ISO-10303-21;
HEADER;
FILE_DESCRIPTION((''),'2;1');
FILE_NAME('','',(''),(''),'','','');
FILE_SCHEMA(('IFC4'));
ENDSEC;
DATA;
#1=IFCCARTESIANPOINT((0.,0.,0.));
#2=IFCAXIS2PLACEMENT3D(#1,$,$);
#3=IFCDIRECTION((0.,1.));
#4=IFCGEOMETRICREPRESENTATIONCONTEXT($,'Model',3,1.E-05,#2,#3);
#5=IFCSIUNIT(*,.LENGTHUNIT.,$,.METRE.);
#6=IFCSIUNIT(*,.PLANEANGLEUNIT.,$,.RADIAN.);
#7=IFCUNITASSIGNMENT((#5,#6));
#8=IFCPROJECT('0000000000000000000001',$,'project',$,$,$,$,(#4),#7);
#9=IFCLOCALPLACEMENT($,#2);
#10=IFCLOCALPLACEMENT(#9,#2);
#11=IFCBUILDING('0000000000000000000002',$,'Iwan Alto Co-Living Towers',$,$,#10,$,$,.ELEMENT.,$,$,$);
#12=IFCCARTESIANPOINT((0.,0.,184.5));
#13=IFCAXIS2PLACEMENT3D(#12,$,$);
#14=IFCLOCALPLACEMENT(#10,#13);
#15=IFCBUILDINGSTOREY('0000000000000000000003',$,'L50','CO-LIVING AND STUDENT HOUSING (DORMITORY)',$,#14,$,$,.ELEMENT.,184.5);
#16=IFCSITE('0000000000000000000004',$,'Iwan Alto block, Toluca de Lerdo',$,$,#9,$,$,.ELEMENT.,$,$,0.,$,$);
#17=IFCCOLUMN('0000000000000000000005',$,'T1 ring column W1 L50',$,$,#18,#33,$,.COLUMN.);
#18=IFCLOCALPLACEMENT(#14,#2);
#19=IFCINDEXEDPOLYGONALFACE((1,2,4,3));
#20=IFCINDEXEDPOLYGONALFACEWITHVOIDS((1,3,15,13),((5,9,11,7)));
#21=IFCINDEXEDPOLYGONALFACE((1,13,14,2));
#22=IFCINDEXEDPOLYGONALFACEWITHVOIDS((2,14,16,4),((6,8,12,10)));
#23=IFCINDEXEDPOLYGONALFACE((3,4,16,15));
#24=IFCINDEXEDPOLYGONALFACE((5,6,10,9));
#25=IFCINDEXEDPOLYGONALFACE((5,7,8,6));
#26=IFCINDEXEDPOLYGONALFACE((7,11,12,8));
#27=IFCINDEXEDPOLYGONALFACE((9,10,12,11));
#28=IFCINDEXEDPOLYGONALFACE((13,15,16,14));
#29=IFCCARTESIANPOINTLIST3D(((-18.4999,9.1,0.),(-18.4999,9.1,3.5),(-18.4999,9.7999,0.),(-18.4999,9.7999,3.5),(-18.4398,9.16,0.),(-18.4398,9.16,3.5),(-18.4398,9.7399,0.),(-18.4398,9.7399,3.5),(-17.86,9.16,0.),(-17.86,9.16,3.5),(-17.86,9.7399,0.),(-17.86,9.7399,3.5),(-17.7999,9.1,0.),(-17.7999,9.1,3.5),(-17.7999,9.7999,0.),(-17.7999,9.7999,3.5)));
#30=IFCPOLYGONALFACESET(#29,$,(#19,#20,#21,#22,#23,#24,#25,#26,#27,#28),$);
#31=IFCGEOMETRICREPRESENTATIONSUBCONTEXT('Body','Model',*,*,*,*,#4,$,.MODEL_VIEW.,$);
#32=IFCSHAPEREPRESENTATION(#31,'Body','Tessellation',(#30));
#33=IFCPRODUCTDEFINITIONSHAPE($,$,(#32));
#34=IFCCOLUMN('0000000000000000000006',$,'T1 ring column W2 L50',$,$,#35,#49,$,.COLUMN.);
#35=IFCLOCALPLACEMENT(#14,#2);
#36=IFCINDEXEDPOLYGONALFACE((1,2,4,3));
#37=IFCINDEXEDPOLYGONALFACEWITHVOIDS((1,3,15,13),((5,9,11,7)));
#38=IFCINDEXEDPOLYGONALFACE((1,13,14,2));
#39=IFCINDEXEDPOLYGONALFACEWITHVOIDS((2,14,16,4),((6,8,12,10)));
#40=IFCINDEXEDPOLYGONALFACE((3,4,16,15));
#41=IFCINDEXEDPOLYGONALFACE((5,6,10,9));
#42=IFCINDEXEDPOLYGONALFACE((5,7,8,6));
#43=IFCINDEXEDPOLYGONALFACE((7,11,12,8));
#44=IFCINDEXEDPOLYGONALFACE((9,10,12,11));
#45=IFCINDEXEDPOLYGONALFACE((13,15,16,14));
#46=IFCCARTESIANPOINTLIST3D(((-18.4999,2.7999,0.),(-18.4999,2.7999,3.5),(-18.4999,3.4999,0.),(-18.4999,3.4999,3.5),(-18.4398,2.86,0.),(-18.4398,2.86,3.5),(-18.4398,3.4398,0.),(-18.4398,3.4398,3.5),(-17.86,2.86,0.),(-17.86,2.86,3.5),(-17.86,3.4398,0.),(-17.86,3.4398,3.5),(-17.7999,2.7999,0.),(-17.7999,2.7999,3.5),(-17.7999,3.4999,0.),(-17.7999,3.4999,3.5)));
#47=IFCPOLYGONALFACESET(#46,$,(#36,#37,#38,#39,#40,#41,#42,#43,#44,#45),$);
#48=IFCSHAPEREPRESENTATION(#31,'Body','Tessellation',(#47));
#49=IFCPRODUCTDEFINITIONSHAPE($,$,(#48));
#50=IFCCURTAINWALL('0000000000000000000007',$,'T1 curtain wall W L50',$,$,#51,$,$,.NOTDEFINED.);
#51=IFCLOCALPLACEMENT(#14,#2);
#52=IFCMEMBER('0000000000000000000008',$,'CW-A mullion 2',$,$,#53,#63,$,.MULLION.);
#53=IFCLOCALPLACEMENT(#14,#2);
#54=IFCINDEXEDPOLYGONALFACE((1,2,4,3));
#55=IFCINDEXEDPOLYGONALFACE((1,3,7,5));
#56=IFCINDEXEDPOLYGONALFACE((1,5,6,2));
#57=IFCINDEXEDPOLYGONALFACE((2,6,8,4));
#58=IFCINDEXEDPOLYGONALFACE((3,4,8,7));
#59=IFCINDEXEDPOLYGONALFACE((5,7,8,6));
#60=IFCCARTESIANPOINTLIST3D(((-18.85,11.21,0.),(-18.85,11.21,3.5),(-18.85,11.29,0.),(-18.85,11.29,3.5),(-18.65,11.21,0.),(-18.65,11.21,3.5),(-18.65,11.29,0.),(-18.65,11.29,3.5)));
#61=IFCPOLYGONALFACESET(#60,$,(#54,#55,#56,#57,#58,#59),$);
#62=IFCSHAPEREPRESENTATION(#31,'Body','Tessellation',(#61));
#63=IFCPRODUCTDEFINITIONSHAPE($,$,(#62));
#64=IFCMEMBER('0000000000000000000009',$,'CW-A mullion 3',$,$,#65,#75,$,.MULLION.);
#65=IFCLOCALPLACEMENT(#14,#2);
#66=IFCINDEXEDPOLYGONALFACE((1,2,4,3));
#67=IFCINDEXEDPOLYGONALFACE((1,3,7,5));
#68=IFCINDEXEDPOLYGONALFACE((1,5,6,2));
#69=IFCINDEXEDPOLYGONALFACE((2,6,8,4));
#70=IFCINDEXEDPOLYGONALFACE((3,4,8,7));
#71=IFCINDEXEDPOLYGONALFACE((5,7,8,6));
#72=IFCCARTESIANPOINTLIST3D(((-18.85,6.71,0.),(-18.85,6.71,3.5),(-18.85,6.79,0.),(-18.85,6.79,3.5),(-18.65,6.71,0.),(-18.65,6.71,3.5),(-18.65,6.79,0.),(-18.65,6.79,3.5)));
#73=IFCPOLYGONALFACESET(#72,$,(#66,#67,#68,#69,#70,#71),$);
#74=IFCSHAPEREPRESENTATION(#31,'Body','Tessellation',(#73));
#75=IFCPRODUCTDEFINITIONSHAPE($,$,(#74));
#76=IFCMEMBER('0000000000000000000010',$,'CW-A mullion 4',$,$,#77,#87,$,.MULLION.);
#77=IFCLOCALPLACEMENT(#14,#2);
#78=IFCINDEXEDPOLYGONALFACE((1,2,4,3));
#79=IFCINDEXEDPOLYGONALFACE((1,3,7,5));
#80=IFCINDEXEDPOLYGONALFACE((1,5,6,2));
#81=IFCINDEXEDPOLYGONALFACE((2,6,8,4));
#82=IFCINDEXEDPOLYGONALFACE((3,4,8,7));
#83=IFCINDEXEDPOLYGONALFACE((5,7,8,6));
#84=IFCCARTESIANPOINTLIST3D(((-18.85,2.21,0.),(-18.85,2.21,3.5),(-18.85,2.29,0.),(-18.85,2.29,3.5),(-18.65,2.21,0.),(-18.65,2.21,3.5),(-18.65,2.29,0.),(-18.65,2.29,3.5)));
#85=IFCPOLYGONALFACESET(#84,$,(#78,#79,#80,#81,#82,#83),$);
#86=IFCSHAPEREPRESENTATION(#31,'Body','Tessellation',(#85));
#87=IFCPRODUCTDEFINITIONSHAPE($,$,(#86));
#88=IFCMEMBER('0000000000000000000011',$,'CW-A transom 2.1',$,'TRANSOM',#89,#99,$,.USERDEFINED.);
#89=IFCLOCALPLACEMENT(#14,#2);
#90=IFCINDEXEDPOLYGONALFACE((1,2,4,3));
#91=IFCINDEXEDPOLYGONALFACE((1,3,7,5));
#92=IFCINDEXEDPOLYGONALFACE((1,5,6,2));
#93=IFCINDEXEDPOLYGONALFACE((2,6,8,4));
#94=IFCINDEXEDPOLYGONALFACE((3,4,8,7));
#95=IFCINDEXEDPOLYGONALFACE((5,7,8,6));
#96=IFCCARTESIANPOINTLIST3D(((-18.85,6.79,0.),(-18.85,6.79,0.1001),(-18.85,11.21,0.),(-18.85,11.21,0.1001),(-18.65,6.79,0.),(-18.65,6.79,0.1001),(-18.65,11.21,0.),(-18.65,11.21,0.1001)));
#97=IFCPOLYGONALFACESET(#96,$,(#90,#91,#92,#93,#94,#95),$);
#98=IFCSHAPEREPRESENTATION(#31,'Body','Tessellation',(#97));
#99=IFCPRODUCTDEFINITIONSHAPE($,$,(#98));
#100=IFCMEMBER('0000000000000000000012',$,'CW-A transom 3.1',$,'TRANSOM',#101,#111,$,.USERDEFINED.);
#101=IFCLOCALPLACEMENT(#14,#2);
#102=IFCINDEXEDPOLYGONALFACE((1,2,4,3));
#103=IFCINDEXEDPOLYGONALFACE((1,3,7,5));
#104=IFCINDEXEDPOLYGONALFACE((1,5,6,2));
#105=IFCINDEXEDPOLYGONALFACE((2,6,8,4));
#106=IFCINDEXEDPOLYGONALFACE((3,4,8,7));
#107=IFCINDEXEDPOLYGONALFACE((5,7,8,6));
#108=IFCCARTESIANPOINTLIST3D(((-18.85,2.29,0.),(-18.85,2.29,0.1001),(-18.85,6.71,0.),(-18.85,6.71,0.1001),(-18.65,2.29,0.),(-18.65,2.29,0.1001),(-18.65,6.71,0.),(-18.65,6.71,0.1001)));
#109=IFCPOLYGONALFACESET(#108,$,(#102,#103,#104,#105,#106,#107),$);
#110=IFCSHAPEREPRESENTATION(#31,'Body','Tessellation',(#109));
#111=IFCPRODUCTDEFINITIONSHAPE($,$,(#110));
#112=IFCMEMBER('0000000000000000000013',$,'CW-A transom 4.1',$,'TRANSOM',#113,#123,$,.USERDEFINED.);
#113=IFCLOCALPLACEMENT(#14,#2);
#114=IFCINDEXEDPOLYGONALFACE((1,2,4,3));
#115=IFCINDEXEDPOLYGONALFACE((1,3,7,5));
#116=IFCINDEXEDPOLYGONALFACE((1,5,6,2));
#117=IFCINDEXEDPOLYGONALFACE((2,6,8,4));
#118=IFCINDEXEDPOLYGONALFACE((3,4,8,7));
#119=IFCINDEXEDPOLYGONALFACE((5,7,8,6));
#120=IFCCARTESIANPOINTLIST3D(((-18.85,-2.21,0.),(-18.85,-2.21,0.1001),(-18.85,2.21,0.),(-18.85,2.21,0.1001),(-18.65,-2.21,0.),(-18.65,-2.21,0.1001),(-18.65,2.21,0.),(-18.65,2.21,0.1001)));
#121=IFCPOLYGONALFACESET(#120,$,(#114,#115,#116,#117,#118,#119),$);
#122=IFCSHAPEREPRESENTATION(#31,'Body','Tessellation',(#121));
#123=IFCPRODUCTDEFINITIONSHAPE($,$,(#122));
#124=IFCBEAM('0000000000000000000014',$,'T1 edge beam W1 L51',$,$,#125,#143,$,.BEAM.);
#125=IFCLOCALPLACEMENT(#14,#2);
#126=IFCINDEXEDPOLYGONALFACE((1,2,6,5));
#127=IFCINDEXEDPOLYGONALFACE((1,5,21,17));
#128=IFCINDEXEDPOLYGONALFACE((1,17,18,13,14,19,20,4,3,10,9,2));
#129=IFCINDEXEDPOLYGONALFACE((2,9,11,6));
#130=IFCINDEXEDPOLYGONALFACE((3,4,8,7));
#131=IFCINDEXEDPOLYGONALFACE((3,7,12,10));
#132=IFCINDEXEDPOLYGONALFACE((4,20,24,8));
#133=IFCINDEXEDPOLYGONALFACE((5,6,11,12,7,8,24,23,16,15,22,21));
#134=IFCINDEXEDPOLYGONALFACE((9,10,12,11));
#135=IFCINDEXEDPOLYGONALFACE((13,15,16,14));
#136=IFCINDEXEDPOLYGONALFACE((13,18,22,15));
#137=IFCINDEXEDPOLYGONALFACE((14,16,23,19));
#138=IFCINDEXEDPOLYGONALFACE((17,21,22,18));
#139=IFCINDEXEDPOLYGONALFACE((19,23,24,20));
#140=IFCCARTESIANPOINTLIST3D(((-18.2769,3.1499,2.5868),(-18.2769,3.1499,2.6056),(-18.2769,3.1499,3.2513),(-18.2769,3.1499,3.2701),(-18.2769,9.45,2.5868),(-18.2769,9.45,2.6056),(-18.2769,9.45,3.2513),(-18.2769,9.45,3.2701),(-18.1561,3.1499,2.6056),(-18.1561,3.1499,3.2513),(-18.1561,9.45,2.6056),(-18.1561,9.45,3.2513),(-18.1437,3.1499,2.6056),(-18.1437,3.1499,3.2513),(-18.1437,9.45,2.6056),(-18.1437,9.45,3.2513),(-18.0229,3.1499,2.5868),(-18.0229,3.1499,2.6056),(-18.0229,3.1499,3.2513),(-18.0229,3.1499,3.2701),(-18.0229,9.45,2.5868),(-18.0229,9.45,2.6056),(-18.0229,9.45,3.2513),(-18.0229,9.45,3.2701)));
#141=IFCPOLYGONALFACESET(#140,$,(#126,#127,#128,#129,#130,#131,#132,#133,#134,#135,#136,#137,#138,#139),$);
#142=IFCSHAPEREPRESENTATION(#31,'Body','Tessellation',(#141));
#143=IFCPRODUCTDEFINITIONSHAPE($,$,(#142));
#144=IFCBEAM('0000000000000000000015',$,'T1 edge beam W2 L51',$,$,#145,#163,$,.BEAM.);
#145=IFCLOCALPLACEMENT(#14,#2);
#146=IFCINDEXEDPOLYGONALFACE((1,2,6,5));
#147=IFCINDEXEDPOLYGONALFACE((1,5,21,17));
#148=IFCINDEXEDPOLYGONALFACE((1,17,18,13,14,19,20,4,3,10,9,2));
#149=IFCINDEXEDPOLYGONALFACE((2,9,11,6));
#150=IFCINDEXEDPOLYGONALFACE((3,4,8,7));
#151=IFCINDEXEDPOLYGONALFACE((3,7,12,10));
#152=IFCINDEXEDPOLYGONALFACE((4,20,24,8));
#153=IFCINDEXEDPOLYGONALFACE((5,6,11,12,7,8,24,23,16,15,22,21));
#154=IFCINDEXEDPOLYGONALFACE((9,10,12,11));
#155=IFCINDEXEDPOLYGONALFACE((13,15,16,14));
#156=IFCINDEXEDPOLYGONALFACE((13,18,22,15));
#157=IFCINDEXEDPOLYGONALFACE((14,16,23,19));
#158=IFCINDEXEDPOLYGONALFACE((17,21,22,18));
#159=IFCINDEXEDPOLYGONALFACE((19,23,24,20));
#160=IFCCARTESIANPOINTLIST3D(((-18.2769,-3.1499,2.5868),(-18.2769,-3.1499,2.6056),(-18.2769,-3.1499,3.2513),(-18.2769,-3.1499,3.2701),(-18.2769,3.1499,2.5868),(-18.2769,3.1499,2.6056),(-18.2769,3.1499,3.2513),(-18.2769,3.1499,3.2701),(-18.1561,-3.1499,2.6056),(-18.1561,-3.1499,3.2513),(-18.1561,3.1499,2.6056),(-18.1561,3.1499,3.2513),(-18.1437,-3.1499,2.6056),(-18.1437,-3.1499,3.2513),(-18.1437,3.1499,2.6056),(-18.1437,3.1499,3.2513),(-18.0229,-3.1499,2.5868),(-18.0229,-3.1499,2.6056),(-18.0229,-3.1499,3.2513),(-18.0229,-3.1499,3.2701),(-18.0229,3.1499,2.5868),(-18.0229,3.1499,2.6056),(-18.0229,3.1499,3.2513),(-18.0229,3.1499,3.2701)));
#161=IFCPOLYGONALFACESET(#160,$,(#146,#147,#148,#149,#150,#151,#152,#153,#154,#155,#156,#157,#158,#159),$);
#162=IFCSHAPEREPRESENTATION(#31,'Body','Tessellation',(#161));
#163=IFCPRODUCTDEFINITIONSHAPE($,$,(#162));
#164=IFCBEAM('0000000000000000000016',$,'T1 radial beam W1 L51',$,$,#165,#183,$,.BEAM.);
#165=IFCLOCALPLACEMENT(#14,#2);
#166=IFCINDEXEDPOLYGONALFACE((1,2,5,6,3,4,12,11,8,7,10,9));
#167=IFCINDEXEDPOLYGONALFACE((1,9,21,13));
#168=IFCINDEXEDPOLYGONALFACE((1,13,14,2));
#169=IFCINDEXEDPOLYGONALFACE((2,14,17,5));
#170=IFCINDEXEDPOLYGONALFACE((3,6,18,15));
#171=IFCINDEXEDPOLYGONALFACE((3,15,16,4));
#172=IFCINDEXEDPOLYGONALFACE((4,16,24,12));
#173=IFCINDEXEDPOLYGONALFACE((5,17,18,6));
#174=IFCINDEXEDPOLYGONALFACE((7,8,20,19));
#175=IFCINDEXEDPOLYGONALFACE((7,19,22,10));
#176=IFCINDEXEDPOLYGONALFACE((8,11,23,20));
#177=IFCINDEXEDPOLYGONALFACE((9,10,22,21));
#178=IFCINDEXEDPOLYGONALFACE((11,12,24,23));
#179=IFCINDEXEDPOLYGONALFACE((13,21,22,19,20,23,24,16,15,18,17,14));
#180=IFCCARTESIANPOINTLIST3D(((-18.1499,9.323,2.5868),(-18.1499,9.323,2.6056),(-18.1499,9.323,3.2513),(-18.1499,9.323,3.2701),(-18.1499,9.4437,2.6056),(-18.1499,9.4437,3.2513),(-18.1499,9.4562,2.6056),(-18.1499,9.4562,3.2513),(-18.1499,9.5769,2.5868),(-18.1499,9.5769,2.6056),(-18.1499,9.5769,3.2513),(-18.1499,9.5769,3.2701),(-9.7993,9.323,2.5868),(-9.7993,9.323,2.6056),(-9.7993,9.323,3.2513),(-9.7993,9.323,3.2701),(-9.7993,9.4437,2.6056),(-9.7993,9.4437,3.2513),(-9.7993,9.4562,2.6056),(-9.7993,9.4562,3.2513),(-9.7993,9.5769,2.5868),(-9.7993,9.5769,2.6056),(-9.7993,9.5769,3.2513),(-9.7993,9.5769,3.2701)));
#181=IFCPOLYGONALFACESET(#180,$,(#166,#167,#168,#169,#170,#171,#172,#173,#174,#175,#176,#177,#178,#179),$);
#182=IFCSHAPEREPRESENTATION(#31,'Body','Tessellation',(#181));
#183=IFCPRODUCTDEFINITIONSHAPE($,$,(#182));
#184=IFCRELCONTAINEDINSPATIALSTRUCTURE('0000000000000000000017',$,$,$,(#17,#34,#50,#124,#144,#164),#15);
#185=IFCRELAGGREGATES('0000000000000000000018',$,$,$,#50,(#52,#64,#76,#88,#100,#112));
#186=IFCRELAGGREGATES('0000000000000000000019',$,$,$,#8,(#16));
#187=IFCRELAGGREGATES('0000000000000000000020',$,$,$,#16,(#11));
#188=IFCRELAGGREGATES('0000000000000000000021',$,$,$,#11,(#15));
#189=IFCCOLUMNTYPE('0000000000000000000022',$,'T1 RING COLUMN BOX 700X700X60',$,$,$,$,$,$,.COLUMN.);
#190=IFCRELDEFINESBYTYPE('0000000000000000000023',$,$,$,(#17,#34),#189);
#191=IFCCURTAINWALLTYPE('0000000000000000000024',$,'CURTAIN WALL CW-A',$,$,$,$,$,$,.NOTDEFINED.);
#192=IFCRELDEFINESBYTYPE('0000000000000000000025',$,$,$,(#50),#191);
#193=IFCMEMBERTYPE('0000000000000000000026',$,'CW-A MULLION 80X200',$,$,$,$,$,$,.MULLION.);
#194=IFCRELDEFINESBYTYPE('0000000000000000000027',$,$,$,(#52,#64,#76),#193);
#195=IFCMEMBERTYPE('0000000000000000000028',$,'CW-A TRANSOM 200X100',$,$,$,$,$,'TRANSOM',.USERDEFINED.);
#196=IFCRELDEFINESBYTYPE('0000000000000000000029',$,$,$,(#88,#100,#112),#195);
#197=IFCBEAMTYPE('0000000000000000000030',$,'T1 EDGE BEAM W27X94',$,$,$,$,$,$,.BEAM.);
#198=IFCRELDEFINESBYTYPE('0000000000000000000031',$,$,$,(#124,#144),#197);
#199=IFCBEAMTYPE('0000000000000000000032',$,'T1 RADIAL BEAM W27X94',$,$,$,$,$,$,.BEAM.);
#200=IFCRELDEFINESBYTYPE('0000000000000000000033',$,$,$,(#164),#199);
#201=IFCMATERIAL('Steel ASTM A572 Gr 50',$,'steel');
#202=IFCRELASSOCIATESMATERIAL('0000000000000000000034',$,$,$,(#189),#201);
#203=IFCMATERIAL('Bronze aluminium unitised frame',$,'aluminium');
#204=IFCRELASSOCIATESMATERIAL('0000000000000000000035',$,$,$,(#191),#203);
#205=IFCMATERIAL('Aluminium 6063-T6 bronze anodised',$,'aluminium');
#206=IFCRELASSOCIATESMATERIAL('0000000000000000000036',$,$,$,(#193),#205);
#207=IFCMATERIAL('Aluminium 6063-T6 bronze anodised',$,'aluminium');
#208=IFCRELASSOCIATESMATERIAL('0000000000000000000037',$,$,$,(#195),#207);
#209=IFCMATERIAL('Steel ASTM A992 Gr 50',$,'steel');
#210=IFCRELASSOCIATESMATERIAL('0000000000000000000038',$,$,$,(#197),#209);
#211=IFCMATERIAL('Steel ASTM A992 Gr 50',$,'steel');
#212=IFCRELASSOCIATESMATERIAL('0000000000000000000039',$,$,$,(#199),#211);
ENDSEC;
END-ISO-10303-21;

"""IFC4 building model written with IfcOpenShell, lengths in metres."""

from ifc_helpers import new_model, si_unit, direction, frame, origin, origin_2d, place, context, subcontext, project, spatial, rectangle, hollow_rectangle, i_section, extrude, material, material_profile, profile_set, type_object, element, aggregate, save


model = new_model("IFC4")

# Units and contexts
model_context = context("Model", 3, precision=1e-05, world=origin(), true_north=direction((0.0, 1.0)))
body_context = subcontext(model_context, "Body", "Model", "MODEL_VIEW")
ifc_project = project(units=[si_unit("LENGTHUNIT", "METRE"), si_unit("PLANEANGLEUNIT", "RADIAN")], contexts=[model_context])

# Site, building, storey
site_placement = place(None, origin())
site = spatial("IfcSite", under=ifc_project, at=site_placement, Name="Iwan Alto block, Toluca de Lerdo", CompositionType="ELEMENT", RefElevation=0.0)
building_placement = place(site_placement, origin())
building = spatial("IfcBuilding", under=site, at=building_placement, Name="Iwan Alto Co-Living Towers", CompositionType="ELEMENT")
storey_placement = place(building_placement, frame((0.0, 0.0, 184.5)))
storey = spatial("IfcBuildingStorey", under=building, at=storey_placement, Name="L50", Description="CO-LIVING AND STUDENT HOUSING (DORMITORY)", CompositionType="ELEMENT", Elevation=184.5)

# Columns
ifc_material_1 = material(Name="Steel ASTM A572 Gr 50", Category="steel")
ifc_material_profile_1 = material_profile(ifc_material_1, hollow_rectangle(XDim=0.7, YDim=0.7, WallThickness=0.0601, at=origin_2d()), Name="BOX 700X700X60")
ifc_profile_set_1 = profile_set([ifc_material_profile_1], Name="Steel ASTM A572 Gr 50")
column_type = type_object("IfcColumnType", Name="T1 RING COLUMN BOX 700X700X60", PredefinedType="COLUMN", material=ifc_profile_set_1)
for number, where, z_axis, x_axis, name in (
    (1, (-18.1499, 9.45, 0.0), (0.0, 0.0, 1.0), (1.0, 0.0, 0.0), "T1 ring column W1 L50"),
    (2, (-18.1499, 3.1499, 0.0), (0.0, 0.0, 1.0), (1.0, 0.0, 0.0), "T1 ring column W2 L50"),
):
    element("IfcColumn", number, at=place(storey_placement, frame(where, z_axis=z_axis, x_axis=x_axis)), inside=storey, type_object=column_type, Name=name, PredefinedType="COLUMN", context=body_context, shape_type="SweptSolid", body=[
        extrude(hollow_rectangle(XDim=0.7, YDim=0.7, WallThickness=0.0601, at=origin_2d()), origin(), (0.0, 0.0, 1.0), 3.5),
    ])

# Curtain wall, members
ifc_material_2 = material(Name="Bronze aluminium unitised frame", Category="aluminium")
curtain_wall_type = type_object("IfcCurtainWallType", Name="CURTAIN WALL CW-A", PredefinedType="NOTDEFINED", material=ifc_material_2)
curtain_wall_placement = place(storey_placement, origin())
curtain_wall = element("IfcCurtainWall", 3, at=curtain_wall_placement, inside=storey, type_object=curtain_wall_type, Name="T1 curtain wall W L50", PredefinedType="NOTDEFINED")
ifc_material_3 = material(Name="Aluminium 6063-T6 bronze anodised", Category="aluminium")
ifc_material_profile_2 = material_profile(ifc_material_3, rectangle(XDim=0.2, YDim=0.0801, at=origin_2d()), Name="AL 80X200")
ifc_profile_set_2 = profile_set([ifc_material_profile_2], Name="Aluminium 6063-T6 bronze anodised")
member_type_1 = type_object("IfcMemberType", Name="CW-A MULLION 80X200", PredefinedType="MULLION", material=ifc_profile_set_2)
member_1_placement = place(storey_placement, frame((-18.75, 11.25, 0.0), z_axis=(0.0, 0.0, 1.0), x_axis=(1.0, 0.0, 0.0)))
member_1 = element("IfcMember", 4, at=member_1_placement, type_object=member_type_1, Name="CW-A mullion 2", PredefinedType="MULLION", context=body_context, shape_type="SweptSolid", body=[
    extrude(rectangle(XDim=0.2, YDim=0.0801, at=origin_2d()), origin(), (0.0, 0.0, 1.0), 3.5),
])
member_2_placement = place(storey_placement, frame((-18.75, 6.75, 0.0), z_axis=(0.0, 0.0, 1.0), x_axis=(1.0, 0.0, 0.0)))
member_2 = element("IfcMember", 5, at=member_2_placement, type_object=member_type_1, Name="CW-A mullion 3", PredefinedType="MULLION", context=body_context, shape_type="SweptSolid", body=[
    extrude(rectangle(XDim=0.2, YDim=0.0801, at=origin_2d()), origin(), (0.0, 0.0, 1.0), 3.5),
])
member_3_placement = place(storey_placement, frame((-18.75, 2.25, 0.0), z_axis=(0.0, 0.0, 1.0), x_axis=(1.0, 0.0, 0.0)))
member_3 = element("IfcMember", 6, at=member_3_placement, type_object=member_type_1, Name="CW-A mullion 4", PredefinedType="MULLION", context=body_context, shape_type="SweptSolid", body=[
    extrude(rectangle(XDim=0.2, YDim=0.0801, at=origin_2d()), origin(), (0.0, 0.0, 1.0), 3.5),
])
ifc_material_4 = material(Name="Aluminium 6063-T6 bronze anodised", Category="aluminium")
ifc_material_profile_3 = material_profile(ifc_material_4, rectangle(XDim=0.2, YDim=0.1001, at=origin_2d()), Name="AL 200X100")
ifc_profile_set_3 = profile_set([ifc_material_profile_3], Name="Aluminium 6063-T6 bronze anodised")
member_type_2 = type_object("IfcMemberType", Name="CW-A TRANSOM 200X100", ElementType="TRANSOM", PredefinedType="USERDEFINED", material=ifc_profile_set_3)
member_4_placement = place(storey_placement, frame((-18.75, 11.21, 0.05), z_axis=(0.0, -1.0, 0.0), x_axis=(1.0, 0.0, 0.0)))
member_4 = element("IfcMember", 7, at=member_4_placement, type_object=member_type_2, Name="CW-A transom 2.1", ObjectType="TRANSOM", PredefinedType="USERDEFINED", context=body_context, shape_type="SweptSolid", body=[
    extrude(rectangle(XDim=0.2, YDim=0.1001, at=origin_2d()), origin(), (0.0, 0.0, 1.0), 4.4199),
])
member_5_placement = place(storey_placement, frame((-18.75, 6.71, 0.05), z_axis=(0.0, -1.0, 0.0), x_axis=(1.0, 0.0, 0.0)))
member_5 = element("IfcMember", 8, at=member_5_placement, type_object=member_type_2, Name="CW-A transom 3.1", ObjectType="TRANSOM", PredefinedType="USERDEFINED", context=body_context, shape_type="SweptSolid", body=[
    extrude(rectangle(XDim=0.2, YDim=0.1001, at=origin_2d()), origin(), (0.0, 0.0, 1.0), 4.4199),
])
member_6_placement = place(storey_placement, frame((-18.75, 2.21, 0.05), z_axis=(0.0, -1.0, 0.0), x_axis=(1.0, 0.0, 0.0)))
member_6 = element("IfcMember", 9, at=member_6_placement, type_object=member_type_2, Name="CW-A transom 4.1", ObjectType="TRANSOM", PredefinedType="USERDEFINED", context=body_context, shape_type="SweptSolid", body=[
    extrude(rectangle(XDim=0.2, YDim=0.1001, at=origin_2d()), origin(), (0.0, 0.0, 1.0), 4.4199),
])

# Beams
ifc_material_5 = material(Name="Steel ASTM A992 Gr 50", Category="steel")
ifc_material_profile_4 = material_profile(ifc_material_5, i_section(OverallWidth=0.2539, OverallDepth=0.6833, WebThickness=0.0125, FlangeThickness=0.0188, at=origin_2d()), Name="W27X94")
ifc_profile_set_4 = profile_set([ifc_material_profile_4], Name="Steel ASTM A992 Gr 50")
beam_type_1 = type_object("IfcBeamType", Name="T1 EDGE BEAM W27X94", PredefinedType="BEAM", material=ifc_profile_set_4)
beam_1_placement = place(storey_placement, frame((-18.1499, 9.45, 2.9285), z_axis=(0.0, -1.0, 0.0), x_axis=(1.0, 0.0, 0.0)))
element("IfcBeam", 10, at=beam_1_placement, inside=storey, type_object=beam_type_1, Name="T1 edge beam W1 L51", PredefinedType="BEAM", context=body_context, shape_type="SweptSolid", body=[
    extrude(i_section(OverallWidth=0.2539, OverallDepth=0.6833, WebThickness=0.0125, FlangeThickness=0.0188, at=origin_2d()), origin(), (0.0, 0.0, 1.0), 6.3),
])
beam_2_placement = place(storey_placement, frame((-18.1499, 3.1499, 2.9285), z_axis=(0.0, -1.0, 0.0), x_axis=(1.0, 0.0, 0.0)))
element("IfcBeam", 11, at=beam_2_placement, inside=storey, type_object=beam_type_1, Name="T1 edge beam W2 L51", PredefinedType="BEAM", context=body_context, shape_type="SweptSolid", body=[
    extrude(i_section(OverallWidth=0.2539, OverallDepth=0.6833, WebThickness=0.0125, FlangeThickness=0.0188, at=origin_2d()), origin(), (0.0, 0.0, 1.0), 6.2998),
])
ifc_material_6 = material(Name="Steel ASTM A992 Gr 50", Category="steel")
ifc_material_profile_5 = material_profile(ifc_material_6, i_section(OverallWidth=0.2539, OverallDepth=0.6833, WebThickness=0.0125, FlangeThickness=0.0188, at=origin_2d()), Name="W27X94")
ifc_profile_set_5 = profile_set([ifc_material_profile_5], Name="Steel ASTM A992 Gr 50")
beam_type_2 = type_object("IfcBeamType", Name="T1 RADIAL BEAM W27X94", PredefinedType="BEAM", material=ifc_profile_set_5)
for number, where, z_axis, x_axis, name in (
    (12, (-18.1499, 9.45, 2.9285), (1.0, 0.0, 0.0), (0.0, 1.0, 0.0), "T1 radial beam W1 L51"),
):
    element("IfcBeam", number, at=place(storey_placement, frame(where, z_axis=z_axis, x_axis=x_axis)), inside=storey, type_object=beam_type_2, Name=name, PredefinedType="BEAM", context=body_context, shape_type="SweptSolid", body=[
        extrude(i_section(OverallWidth=0.2539, OverallDepth=0.6833, WebThickness=0.0125, FlangeThickness=0.0188, at=origin_2d()), origin(), (0.0, 0.0, 1.0), 8.3506),
    ])

aggregate(curtain_wall, [member_1, member_2, member_3, member_4, member_5, member_6])

save(model, "model.ifc")
